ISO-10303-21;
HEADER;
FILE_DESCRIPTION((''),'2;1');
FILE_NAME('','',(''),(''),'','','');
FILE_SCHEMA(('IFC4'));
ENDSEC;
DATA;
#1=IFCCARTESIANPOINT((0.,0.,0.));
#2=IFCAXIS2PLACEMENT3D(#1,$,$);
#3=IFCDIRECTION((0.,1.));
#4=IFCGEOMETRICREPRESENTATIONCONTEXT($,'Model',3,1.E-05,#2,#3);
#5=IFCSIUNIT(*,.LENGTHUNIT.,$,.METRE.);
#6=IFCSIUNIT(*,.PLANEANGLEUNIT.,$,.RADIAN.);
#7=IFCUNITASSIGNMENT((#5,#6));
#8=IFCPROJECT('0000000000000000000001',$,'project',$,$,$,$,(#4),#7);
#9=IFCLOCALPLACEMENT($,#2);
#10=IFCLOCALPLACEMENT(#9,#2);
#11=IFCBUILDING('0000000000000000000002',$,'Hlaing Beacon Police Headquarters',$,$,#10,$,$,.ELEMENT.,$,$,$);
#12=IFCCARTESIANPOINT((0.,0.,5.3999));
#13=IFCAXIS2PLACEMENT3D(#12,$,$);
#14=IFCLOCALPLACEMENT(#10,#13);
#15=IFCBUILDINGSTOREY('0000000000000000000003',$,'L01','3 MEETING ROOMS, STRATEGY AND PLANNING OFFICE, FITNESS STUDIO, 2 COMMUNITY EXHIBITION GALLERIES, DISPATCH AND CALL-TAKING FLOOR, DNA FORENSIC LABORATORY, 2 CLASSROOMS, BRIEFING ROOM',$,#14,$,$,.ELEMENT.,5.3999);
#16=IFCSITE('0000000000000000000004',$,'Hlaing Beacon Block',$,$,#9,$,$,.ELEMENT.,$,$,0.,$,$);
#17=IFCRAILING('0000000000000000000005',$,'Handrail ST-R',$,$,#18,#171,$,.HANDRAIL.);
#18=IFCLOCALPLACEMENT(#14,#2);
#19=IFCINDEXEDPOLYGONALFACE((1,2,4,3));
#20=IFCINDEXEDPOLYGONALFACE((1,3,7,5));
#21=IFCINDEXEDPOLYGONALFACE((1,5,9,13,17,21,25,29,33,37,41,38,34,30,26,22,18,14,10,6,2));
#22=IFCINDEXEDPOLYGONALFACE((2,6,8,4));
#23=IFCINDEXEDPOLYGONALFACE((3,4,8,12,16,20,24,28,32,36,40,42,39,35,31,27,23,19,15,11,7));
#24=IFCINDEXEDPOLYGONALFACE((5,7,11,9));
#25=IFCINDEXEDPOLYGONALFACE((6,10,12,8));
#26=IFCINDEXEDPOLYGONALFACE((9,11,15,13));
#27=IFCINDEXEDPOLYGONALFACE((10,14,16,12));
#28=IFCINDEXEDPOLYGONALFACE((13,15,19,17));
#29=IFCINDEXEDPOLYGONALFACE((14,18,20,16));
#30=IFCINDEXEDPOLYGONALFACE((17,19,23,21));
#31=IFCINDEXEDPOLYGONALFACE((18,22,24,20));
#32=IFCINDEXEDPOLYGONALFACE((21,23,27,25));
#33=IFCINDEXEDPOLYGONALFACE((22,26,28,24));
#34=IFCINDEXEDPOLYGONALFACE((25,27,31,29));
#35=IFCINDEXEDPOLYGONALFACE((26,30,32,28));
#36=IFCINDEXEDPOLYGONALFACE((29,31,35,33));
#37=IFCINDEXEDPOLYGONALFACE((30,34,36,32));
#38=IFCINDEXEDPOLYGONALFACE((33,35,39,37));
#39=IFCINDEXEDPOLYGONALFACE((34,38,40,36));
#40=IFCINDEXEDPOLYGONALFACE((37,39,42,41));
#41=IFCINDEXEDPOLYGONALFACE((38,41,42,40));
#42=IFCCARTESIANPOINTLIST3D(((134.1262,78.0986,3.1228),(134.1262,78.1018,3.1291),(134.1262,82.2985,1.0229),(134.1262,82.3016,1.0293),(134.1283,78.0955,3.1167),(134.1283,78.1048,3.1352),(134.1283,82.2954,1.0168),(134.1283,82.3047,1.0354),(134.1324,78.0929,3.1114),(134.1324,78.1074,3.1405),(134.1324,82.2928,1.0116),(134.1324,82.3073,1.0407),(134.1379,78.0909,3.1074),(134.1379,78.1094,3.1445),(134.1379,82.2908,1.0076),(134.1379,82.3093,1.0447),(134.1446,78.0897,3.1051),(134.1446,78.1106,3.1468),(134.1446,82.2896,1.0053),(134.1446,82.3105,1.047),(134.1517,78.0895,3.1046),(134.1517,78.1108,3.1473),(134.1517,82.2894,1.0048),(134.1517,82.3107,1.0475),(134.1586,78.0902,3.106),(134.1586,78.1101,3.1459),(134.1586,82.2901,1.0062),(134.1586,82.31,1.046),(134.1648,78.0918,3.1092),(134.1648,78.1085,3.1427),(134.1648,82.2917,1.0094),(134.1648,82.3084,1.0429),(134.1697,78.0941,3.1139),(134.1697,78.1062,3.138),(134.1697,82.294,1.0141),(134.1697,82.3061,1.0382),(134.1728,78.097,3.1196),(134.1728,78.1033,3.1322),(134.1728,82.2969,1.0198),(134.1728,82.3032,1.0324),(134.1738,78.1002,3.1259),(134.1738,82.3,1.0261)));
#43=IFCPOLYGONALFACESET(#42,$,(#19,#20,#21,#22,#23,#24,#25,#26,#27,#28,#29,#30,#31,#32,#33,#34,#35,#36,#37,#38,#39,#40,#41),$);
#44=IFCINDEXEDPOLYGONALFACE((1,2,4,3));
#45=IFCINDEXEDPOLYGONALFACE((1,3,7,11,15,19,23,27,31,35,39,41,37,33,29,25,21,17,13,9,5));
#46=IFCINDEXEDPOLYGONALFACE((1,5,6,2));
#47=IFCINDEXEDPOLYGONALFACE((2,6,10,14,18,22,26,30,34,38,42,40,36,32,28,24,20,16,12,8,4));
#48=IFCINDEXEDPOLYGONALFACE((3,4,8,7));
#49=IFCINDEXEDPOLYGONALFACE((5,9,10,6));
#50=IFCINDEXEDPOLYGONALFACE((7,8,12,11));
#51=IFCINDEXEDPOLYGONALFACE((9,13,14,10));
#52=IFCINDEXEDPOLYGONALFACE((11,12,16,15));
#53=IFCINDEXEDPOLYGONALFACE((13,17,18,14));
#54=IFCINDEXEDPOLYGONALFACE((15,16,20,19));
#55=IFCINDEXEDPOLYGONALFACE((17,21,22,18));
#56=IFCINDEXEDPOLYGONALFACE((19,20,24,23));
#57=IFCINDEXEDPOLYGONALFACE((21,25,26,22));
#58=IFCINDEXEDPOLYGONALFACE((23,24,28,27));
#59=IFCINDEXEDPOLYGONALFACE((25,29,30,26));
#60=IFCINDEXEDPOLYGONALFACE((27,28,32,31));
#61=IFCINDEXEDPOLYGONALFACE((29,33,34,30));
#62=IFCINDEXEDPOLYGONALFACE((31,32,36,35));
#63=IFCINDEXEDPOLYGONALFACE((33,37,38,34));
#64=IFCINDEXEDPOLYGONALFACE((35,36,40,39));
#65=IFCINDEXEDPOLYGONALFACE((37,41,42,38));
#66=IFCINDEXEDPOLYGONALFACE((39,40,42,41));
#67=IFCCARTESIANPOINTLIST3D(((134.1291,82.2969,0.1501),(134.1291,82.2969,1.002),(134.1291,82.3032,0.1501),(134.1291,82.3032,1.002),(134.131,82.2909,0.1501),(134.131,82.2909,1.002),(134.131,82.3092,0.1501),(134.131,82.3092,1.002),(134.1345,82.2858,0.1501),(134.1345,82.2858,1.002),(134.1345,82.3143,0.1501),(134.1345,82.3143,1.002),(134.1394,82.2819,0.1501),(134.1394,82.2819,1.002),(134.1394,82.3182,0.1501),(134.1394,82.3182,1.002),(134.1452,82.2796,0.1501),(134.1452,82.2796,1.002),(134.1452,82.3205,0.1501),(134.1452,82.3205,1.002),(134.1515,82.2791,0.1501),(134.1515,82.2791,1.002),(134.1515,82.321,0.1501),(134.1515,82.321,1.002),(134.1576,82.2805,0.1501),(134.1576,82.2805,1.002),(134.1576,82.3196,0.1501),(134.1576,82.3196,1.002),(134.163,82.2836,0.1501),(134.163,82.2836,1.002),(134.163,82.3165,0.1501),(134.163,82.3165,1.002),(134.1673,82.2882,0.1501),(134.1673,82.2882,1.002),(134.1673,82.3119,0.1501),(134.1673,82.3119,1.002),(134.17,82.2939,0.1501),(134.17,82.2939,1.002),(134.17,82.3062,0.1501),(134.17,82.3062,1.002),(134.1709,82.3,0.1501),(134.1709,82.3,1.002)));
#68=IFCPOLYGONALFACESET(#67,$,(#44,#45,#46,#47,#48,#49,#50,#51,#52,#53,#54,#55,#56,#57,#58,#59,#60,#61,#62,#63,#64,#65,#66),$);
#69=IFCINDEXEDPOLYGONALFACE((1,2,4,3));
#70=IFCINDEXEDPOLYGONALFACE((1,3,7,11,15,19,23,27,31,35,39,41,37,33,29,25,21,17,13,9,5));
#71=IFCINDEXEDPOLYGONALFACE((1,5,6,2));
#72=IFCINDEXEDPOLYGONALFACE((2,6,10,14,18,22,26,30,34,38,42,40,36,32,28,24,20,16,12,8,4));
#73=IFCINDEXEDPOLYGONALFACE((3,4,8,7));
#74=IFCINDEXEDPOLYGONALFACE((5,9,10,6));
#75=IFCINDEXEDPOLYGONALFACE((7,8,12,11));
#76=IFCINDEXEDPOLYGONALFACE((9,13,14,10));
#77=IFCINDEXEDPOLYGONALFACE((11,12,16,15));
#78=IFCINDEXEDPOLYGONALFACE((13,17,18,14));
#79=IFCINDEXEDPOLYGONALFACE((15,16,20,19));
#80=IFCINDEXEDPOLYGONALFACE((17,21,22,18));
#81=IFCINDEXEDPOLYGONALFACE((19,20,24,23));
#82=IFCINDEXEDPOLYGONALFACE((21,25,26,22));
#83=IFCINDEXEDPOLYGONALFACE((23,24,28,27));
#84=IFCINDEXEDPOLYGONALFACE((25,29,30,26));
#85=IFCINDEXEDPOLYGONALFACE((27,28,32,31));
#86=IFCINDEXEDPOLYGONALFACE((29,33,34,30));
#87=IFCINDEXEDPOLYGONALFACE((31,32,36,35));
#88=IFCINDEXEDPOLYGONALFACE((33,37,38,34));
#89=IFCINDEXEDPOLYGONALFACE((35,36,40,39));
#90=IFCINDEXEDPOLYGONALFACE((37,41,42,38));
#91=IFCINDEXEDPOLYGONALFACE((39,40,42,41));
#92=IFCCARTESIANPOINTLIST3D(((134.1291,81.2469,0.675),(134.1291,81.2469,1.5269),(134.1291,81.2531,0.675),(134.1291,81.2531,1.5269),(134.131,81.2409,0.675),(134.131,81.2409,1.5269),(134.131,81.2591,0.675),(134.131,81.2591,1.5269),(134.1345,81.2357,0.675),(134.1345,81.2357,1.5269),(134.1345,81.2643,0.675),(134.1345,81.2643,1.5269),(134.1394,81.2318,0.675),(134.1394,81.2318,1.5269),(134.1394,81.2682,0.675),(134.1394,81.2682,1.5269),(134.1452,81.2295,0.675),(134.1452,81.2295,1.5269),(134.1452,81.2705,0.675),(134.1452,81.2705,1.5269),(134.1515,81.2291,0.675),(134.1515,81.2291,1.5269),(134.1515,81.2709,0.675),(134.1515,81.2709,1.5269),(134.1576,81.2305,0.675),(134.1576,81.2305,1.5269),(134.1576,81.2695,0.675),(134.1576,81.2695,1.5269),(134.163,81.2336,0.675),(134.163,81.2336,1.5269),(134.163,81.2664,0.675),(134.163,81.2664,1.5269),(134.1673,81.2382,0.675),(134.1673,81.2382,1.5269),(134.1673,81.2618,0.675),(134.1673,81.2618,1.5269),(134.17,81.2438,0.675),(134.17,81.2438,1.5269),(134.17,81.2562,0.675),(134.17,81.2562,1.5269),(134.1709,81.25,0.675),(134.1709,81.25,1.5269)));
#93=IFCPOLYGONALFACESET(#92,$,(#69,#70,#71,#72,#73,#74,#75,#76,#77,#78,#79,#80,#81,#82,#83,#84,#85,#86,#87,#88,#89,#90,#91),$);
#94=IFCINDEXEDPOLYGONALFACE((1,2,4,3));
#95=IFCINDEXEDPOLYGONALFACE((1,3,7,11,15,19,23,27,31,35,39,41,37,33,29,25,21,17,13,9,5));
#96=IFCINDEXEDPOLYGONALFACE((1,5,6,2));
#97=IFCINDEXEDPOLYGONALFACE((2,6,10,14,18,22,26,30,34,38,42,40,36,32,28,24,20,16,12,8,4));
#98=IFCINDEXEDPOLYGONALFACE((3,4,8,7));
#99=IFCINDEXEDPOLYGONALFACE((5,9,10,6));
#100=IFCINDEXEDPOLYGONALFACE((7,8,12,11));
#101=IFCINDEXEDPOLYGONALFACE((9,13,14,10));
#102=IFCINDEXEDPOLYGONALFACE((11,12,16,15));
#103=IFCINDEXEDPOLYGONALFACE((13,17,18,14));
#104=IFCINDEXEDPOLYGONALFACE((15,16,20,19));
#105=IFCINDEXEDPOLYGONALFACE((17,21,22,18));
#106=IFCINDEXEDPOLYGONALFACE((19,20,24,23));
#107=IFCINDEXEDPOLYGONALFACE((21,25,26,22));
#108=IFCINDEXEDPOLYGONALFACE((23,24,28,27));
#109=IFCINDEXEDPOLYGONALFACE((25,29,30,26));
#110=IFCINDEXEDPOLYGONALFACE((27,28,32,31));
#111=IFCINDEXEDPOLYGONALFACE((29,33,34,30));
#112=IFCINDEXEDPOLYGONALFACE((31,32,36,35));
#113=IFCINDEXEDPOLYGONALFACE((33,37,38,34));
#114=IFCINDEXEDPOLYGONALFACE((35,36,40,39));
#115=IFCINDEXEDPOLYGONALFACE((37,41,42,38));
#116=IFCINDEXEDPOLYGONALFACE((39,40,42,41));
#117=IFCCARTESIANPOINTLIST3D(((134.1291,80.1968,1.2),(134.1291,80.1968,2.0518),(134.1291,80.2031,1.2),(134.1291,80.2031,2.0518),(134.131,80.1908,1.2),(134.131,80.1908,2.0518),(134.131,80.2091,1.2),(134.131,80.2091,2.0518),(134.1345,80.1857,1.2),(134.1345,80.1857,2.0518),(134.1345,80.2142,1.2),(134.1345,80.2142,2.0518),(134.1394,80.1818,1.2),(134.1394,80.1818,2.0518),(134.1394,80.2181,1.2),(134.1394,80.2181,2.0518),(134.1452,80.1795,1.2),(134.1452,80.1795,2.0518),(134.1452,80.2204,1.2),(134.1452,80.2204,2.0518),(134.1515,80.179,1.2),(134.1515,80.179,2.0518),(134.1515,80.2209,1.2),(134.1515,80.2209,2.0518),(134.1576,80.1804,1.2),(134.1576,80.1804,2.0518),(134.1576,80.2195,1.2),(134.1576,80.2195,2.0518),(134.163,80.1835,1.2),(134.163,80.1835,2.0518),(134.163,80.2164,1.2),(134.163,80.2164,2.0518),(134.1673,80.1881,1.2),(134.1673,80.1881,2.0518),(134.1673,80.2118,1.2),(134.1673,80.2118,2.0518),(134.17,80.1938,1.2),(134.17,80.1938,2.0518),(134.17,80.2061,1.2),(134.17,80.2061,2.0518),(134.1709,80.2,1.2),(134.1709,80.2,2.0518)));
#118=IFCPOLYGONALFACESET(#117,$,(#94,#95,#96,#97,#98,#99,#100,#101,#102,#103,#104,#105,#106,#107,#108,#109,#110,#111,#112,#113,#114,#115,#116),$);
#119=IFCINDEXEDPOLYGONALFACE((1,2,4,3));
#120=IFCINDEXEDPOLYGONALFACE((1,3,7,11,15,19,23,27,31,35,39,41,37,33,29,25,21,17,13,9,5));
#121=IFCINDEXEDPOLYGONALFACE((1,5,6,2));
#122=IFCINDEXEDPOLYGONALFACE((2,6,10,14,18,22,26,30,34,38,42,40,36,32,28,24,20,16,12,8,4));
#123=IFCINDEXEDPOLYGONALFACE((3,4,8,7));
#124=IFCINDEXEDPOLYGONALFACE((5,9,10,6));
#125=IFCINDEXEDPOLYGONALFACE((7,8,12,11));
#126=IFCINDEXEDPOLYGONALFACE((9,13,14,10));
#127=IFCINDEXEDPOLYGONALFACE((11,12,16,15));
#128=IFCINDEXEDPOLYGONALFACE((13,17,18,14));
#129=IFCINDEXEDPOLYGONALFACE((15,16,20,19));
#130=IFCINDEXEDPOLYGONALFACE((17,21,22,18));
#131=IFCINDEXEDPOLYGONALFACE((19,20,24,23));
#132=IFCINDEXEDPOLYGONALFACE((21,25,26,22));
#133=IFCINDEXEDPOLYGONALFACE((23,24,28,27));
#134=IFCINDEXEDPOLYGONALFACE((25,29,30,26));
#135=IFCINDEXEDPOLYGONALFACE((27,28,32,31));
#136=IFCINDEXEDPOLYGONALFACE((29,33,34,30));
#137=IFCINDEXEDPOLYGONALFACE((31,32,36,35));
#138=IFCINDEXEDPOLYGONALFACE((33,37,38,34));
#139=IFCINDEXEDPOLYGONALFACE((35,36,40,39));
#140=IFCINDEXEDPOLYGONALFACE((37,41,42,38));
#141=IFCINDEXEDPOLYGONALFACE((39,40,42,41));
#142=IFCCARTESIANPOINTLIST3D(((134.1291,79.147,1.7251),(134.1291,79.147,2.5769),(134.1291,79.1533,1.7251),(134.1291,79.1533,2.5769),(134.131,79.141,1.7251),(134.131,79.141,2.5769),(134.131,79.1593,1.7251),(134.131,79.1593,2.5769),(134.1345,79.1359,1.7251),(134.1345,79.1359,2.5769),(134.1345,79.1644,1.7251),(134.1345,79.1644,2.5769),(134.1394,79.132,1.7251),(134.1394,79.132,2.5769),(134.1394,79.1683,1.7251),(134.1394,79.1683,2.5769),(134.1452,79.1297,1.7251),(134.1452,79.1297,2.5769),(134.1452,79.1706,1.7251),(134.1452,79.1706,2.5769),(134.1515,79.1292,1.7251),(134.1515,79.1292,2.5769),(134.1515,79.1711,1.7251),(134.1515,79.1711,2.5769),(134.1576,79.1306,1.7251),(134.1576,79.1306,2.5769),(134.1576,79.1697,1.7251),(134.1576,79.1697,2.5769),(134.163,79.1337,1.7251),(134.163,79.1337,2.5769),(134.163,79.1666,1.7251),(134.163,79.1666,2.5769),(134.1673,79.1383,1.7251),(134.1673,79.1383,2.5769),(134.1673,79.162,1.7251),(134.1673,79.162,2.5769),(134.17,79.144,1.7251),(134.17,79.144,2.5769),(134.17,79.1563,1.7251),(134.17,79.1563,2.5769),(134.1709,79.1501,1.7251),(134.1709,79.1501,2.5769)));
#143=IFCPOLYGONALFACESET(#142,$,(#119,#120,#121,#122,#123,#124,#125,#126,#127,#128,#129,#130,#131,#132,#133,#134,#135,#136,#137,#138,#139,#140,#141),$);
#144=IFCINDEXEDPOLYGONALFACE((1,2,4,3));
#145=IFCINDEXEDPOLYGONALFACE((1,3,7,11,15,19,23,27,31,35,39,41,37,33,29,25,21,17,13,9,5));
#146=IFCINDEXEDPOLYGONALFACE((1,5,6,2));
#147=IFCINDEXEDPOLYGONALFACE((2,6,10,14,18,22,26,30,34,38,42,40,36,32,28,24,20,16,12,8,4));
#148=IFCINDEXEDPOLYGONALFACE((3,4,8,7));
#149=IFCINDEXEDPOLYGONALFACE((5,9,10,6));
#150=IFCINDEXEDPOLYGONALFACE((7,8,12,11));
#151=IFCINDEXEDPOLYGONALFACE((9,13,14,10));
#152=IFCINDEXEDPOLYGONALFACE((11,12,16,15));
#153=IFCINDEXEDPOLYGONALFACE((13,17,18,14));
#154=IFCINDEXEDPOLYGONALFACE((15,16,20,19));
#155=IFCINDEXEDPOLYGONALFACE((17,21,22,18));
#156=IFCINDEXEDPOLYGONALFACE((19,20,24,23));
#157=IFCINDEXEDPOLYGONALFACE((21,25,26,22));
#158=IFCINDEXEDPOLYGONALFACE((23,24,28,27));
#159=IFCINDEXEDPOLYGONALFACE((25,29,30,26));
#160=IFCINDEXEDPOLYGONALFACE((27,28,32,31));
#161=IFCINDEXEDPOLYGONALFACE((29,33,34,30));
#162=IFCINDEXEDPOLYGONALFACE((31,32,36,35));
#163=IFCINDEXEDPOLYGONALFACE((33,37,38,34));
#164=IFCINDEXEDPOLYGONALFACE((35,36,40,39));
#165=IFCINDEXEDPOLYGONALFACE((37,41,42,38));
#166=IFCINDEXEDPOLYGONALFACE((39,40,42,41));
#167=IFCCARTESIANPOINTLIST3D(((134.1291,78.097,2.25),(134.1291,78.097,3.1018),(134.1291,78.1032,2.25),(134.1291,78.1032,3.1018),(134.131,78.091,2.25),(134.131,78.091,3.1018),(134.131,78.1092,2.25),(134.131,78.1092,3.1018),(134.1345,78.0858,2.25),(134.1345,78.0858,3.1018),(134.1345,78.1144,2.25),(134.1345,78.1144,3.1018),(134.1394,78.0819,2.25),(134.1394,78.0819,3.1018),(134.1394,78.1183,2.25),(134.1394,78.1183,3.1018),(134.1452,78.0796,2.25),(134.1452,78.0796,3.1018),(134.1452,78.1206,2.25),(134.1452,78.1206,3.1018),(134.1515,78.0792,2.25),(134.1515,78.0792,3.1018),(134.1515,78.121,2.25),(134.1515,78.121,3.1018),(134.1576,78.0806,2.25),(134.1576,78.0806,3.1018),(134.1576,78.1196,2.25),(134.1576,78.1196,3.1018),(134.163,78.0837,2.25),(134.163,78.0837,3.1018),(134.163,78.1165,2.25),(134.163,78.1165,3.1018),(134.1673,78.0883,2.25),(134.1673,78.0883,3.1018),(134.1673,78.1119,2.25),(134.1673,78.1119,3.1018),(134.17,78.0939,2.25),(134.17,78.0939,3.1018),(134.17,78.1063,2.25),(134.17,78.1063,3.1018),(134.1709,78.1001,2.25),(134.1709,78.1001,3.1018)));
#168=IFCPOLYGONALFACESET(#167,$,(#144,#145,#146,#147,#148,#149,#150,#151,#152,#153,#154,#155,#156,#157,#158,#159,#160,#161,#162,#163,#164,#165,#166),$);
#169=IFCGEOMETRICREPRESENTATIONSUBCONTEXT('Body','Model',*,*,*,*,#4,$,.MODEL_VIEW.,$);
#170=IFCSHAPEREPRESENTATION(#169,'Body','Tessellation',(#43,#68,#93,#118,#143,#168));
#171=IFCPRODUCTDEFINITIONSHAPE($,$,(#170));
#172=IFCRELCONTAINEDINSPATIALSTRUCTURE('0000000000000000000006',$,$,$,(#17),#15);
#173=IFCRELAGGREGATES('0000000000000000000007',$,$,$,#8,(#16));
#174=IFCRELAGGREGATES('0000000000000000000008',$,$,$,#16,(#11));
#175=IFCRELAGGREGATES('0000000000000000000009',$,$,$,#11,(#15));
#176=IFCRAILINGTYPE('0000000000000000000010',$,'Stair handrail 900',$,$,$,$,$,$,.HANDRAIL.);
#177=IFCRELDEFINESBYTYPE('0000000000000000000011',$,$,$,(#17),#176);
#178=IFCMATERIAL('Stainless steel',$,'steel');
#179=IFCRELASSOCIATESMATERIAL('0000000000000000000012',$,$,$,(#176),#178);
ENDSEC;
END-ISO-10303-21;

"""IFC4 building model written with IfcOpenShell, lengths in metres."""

from ifc_helpers import new_model, si_unit, direction, frame, origin, origin_2d, place, context, subcontext, project, spatial, circle, extrude, material, type_object, element, save


model = new_model("IFC4")

# Units and contexts
model_context = context("Model", 3, precision=1e-05, world=origin(), true_north=direction((0.0, 1.0)))
body_context = subcontext(model_context, "Body", "Model", "MODEL_VIEW")
ifc_project = project(units=[si_unit("LENGTHUNIT", "METRE"), si_unit("PLANEANGLEUNIT", "RADIAN")], contexts=[model_context])

# Site, building, storey
site_placement = place(None, origin())
site = spatial("IfcSite", under=ifc_project, at=site_placement, Name="Hlaing Beacon Block", CompositionType="ELEMENT", RefElevation=0.0)
building_placement = place(site_placement, origin())
building = spatial("IfcBuilding", under=site, at=building_placement, Name="Hlaing Beacon Police Headquarters", CompositionType="ELEMENT")
storey_placement = place(building_placement, frame((0.0, 0.0, 5.3999)))
storey = spatial("IfcBuildingStorey", under=building, at=storey_placement, Name="L01", Description="3 MEETING ROOMS, STRATEGY AND PLANNING OFFICE, FITNESS STUDIO, 2 COMMUNITY EXHIBITION GALLERIES, DISPATCH AND CALL-TAKING FLOOR, DNA FORENSIC LABORATORY, 2 CLASSROOMS, BRIEFING ROOM", CompositionType="ELEMENT", Elevation=5.3999)

# Railing
ifc_material_1 = material(Name="Stainless steel", Category="steel")
railing_type_1 = type_object("IfcRailingType", Name="Stair handrail 900", PredefinedType="HANDRAIL", material=ifc_material_1)
for number, where, name in (
    (1, (134.1499, 82.3, 0.1501), "Handrail ST-R"),
):
    element("IfcRailing", number, at=place(storey_placement, frame(where)), inside=storey, type_object=railing_type_1, Name=name, PredefinedType="HANDRAIL", context=body_context, shape_type="SweptSolid", body=[
        extrude(circle(Radius=0.0239, at=origin_2d()), frame((0.0, 0.0, 0.876), z_axis=(0.0, -0.894438, 0.447193), x_axis=(1.0, 0.0, 0.0)), (0.0, 0.0, 1.0), 4.6956),
        extrude(circle(Radius=0.021, at=origin_2d()), origin(), (0.0, 0.0, 1.0), 0.8518),
        extrude(circle(Radius=0.021, at=origin_2d()), frame((0.0, -1.05, 0.5249)), (0.0, 0.0, 1.0), 0.8518),
        extrude(circle(Radius=0.021, at=origin_2d()), frame((0.0, -2.1001, 1.0498)), (0.0, 0.0, 1.0), 0.8518),
        extrude(circle(Radius=0.021, at=origin_2d()), frame((0.0, -3.1499, 1.575)), (0.0, 0.0, 1.0), 0.8518),
        extrude(circle(Radius=0.021, at=origin_2d()), frame((0.0, -4.2, 2.0999)), (0.0, 0.0, 1.0), 0.8518),
    ])

save(model, "model.ifc")
